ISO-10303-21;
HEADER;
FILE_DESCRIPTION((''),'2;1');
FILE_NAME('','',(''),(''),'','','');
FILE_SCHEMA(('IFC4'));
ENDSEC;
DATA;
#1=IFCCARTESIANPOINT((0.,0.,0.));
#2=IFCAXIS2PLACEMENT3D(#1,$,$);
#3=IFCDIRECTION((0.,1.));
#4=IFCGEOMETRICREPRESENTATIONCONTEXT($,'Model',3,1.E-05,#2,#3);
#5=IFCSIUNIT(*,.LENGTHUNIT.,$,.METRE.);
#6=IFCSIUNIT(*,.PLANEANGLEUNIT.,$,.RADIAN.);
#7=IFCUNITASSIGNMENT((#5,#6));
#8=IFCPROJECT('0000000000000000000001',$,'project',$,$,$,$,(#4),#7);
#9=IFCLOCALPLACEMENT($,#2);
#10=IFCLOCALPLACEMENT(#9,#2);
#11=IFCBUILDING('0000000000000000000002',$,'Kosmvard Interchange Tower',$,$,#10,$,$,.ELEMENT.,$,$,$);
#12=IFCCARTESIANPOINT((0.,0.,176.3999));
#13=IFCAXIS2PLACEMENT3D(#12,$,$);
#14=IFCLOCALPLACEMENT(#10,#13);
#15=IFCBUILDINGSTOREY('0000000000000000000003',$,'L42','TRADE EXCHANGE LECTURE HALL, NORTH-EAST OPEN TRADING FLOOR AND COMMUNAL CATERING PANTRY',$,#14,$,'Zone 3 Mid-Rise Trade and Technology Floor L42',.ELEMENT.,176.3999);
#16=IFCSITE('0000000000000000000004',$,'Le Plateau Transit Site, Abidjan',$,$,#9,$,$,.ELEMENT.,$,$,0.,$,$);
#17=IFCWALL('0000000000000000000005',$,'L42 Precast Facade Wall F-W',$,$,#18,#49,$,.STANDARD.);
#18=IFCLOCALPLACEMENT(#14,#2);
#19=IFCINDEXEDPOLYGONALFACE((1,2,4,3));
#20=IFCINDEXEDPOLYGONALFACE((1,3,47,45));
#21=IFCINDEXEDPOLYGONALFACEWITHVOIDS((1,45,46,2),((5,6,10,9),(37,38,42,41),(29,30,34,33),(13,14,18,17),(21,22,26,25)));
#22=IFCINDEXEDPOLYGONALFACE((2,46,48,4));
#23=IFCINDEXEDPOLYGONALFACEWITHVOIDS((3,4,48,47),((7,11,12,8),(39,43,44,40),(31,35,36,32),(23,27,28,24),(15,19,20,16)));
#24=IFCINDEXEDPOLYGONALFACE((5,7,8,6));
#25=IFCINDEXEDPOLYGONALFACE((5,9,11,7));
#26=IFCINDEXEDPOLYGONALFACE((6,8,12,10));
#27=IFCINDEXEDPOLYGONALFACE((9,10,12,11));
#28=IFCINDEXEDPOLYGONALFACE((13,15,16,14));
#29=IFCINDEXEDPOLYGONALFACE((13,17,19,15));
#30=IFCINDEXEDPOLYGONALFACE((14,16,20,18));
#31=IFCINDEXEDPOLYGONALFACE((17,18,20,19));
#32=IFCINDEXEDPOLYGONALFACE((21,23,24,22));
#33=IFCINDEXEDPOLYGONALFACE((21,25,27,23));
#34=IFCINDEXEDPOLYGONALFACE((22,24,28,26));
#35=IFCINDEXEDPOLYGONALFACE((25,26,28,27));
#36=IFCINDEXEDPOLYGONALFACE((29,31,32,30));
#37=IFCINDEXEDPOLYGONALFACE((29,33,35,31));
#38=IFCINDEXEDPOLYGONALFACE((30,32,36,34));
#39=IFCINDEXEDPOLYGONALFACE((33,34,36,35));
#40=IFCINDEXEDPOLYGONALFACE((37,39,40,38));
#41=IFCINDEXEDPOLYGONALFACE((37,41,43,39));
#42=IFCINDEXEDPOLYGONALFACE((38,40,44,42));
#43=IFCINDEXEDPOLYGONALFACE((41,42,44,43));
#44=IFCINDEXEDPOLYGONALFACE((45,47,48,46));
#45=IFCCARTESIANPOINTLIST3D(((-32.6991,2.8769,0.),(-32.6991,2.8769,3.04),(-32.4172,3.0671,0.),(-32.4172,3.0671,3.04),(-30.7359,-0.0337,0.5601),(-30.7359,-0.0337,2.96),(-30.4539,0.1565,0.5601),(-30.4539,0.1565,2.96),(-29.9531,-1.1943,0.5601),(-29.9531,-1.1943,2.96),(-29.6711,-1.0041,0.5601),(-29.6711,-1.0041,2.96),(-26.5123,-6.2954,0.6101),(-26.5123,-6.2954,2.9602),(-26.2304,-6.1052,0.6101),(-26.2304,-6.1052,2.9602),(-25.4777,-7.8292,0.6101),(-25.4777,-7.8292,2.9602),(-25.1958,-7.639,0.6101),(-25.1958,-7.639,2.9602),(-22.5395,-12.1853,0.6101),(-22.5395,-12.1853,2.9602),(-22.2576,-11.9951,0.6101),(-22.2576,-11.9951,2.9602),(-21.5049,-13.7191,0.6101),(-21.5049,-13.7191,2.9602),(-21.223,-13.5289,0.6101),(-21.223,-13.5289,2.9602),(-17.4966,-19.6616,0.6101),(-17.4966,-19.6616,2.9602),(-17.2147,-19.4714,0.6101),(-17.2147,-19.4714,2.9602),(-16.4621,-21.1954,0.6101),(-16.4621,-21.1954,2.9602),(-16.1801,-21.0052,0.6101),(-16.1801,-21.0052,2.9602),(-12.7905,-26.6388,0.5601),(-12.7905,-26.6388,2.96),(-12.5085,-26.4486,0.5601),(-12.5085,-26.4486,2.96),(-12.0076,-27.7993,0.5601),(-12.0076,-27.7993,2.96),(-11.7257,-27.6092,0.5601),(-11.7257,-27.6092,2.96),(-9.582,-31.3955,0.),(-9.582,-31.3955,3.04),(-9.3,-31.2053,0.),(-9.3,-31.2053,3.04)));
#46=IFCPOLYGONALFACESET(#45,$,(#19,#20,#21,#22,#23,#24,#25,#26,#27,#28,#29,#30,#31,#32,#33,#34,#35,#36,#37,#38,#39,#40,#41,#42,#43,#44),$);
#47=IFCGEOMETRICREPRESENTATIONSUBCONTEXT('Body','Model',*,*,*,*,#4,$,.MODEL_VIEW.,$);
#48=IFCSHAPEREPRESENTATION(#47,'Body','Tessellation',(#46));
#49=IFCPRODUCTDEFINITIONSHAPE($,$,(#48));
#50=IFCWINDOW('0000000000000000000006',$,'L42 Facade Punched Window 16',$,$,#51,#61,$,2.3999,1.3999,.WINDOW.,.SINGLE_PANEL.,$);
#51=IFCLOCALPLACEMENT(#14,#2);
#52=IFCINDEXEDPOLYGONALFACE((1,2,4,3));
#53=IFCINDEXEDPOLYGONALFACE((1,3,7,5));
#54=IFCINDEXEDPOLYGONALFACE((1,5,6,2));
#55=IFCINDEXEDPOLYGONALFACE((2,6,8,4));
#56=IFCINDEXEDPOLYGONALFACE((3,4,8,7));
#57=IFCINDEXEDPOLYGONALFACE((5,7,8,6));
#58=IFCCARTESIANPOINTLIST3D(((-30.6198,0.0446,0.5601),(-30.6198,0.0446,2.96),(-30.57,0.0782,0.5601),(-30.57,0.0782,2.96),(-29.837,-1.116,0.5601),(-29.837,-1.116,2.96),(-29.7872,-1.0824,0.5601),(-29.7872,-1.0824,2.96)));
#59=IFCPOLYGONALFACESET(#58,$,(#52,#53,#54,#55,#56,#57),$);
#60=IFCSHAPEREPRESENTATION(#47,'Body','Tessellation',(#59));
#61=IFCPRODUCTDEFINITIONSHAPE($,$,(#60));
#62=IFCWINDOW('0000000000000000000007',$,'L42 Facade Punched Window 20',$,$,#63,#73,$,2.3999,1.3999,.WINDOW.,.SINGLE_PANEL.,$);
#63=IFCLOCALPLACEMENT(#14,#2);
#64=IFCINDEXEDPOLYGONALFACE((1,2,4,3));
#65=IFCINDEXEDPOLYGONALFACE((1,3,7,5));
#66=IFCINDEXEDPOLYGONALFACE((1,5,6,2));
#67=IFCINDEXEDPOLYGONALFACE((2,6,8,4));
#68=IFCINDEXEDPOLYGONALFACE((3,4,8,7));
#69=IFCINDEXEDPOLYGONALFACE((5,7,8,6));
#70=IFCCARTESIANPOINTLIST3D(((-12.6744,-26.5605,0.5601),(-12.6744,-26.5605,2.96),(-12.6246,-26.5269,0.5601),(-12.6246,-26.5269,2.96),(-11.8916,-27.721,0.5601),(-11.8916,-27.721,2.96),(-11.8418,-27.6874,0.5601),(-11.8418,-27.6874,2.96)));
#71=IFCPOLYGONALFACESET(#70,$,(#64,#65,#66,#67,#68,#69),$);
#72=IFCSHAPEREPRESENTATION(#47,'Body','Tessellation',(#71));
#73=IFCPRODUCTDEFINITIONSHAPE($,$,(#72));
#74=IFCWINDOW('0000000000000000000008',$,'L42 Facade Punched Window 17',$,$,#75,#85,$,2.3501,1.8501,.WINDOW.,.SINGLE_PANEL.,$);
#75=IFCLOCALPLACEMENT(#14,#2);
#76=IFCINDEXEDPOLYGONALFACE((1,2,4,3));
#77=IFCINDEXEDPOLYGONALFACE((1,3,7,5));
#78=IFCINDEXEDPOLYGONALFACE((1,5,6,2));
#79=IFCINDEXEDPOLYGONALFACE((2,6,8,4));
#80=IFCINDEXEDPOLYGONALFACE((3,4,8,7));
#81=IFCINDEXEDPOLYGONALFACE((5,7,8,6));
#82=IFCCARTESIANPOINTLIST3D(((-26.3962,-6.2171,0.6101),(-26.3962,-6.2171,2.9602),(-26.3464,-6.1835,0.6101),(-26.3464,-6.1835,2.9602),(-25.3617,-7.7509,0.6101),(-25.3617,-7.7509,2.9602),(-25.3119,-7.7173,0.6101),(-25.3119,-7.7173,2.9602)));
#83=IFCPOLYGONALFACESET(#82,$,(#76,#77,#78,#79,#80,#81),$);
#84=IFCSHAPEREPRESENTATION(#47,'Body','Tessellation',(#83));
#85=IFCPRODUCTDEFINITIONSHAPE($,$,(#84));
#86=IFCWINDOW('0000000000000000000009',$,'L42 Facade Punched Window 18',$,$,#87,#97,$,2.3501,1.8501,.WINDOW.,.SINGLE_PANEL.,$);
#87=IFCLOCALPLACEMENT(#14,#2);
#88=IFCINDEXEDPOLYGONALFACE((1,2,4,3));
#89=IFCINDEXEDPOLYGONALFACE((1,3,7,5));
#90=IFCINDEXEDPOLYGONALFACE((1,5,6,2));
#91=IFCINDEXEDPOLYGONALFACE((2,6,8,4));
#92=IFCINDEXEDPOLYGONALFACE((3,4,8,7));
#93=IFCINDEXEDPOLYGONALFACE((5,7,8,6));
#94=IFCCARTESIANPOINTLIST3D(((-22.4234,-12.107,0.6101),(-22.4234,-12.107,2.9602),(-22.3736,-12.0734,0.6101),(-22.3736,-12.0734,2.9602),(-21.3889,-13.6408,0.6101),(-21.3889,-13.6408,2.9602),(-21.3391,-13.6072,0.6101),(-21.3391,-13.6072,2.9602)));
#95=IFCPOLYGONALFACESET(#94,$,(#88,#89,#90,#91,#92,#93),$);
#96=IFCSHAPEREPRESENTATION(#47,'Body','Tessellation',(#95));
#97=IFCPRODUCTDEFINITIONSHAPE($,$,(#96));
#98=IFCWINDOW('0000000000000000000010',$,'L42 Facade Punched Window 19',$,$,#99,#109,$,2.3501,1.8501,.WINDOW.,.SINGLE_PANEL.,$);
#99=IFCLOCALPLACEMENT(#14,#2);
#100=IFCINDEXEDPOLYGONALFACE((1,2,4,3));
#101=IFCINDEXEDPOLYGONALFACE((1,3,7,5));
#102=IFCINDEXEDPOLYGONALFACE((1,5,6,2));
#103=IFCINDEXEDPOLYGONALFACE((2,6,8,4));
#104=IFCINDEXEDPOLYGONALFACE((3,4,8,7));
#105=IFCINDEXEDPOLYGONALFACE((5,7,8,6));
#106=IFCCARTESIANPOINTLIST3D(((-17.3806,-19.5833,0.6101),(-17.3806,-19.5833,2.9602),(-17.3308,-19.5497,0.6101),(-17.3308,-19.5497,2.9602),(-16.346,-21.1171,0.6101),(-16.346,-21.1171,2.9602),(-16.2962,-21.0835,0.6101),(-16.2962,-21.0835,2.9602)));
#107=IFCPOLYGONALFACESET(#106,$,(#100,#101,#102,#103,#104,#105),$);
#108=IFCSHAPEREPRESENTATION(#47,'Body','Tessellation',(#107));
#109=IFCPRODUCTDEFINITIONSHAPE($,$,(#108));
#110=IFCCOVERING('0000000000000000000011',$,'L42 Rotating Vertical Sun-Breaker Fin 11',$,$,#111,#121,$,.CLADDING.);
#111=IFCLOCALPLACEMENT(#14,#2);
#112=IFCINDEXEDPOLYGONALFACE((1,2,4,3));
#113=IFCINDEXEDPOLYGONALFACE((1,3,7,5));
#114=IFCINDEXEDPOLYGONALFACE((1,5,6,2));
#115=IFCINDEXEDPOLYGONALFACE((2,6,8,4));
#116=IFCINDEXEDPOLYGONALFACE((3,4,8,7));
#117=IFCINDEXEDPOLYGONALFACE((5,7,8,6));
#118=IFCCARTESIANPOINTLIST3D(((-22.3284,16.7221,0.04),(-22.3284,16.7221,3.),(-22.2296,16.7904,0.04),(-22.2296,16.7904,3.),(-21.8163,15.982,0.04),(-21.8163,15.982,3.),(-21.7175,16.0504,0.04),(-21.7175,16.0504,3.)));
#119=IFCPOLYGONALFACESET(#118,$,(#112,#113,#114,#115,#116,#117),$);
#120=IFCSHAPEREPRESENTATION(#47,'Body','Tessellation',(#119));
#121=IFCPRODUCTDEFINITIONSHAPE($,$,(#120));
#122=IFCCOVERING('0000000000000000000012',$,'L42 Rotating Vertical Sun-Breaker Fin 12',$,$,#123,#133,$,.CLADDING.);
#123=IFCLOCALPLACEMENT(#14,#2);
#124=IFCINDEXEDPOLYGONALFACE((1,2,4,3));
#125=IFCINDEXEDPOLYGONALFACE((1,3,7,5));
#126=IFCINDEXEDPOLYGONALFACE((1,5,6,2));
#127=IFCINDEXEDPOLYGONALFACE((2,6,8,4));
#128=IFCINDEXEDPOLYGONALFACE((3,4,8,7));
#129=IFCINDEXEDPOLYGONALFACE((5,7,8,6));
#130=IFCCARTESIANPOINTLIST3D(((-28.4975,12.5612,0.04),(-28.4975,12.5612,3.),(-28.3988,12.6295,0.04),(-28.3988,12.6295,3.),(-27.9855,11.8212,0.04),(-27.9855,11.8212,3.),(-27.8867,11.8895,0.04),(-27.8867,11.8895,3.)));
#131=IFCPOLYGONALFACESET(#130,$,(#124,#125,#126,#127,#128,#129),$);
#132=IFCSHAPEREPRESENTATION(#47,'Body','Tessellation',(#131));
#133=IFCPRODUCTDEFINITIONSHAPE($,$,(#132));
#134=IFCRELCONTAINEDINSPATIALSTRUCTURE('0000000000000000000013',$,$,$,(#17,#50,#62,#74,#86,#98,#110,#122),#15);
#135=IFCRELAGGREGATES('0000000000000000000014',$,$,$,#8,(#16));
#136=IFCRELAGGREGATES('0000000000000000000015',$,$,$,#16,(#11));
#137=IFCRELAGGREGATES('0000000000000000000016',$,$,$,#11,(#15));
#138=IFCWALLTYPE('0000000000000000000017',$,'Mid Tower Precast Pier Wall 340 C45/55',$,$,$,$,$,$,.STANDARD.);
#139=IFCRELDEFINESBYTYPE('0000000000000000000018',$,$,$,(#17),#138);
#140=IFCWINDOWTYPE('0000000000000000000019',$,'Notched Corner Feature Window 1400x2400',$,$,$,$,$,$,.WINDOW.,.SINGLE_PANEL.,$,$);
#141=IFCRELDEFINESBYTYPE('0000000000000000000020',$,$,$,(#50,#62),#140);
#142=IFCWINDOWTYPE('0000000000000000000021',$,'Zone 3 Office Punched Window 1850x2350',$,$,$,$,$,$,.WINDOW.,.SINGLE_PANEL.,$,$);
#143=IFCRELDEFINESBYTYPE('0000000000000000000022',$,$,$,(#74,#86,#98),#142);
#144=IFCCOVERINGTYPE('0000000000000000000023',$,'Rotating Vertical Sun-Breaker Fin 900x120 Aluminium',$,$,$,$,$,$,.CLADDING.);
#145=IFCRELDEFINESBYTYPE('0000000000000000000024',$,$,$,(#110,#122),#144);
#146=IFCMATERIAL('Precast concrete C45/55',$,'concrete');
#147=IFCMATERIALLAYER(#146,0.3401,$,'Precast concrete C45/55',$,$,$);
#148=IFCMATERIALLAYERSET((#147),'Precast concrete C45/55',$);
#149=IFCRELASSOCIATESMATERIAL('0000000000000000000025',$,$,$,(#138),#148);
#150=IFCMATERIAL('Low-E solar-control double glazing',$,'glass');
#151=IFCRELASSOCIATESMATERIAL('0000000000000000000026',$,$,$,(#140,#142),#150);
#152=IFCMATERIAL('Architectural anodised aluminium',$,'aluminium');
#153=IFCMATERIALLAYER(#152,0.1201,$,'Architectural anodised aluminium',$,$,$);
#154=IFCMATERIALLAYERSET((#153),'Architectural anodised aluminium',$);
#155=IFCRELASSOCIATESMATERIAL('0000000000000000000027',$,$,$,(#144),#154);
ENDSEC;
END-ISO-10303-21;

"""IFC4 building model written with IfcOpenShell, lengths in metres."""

from ifc_helpers import new_model, si_unit, direction, frame, frame_2d, origin, origin_2d, place, context, subcontext, project, spatial, rectangle, extrude, source, transform, mapped, material, layer, layer_set, type_object, element, fill, save


model = new_model("IFC4")

# Units and contexts
model_context = context("Model", 3, precision=1e-05, world=origin(), true_north=direction((0.0, 1.0)))
body_context = subcontext(model_context, "Body", "Model", "MODEL_VIEW")
ifc_project = project(units=[si_unit("LENGTHUNIT", "METRE"), si_unit("PLANEANGLEUNIT", "RADIAN")], contexts=[model_context])

# Site, building, storey
site_placement = place(None, origin())
site = spatial("IfcSite", under=ifc_project, at=site_placement, Name="Le Plateau Transit Site, Abidjan", CompositionType="ELEMENT", RefElevation=0.0)
building_placement = place(site_placement, origin())
building = spatial("IfcBuilding", under=site, at=building_placement, Name="Kosmvard Interchange Tower", CompositionType="ELEMENT")
storey_placement = place(building_placement, frame((0.0, 0.0, 176.3999)))
storey = spatial("IfcBuildingStorey", under=building, at=storey_placement, Name="L42", Description="TRADE EXCHANGE LECTURE HALL, NORTH-EAST OPEN TRADING FLOOR AND COMMUNAL CATERING PANTRY", LongName="Zone 3 Mid-Rise Trade and Technology Floor L42", CompositionType="ELEMENT", Elevation=176.3999)

# Shared definitions
ifc_material_1 = material(Name="Precast concrete C45/55", Category="concrete")

# Shared definitions
ifc_layer_1 = layer(ifc_material_1, 0.3401, Name="Precast concrete C45/55")
ifc_layer_set_1 = layer_set([ifc_layer_1], Name="Precast concrete C45/55")
wall_type_1 = type_object("IfcWallType", Name="Mid Tower Precast Pier Wall 340 C45/55", PredefinedType="STANDARD", material=ifc_layer_set_1)

# Shared definitions
ifc_material_2 = material(Name="Low-E solar-control double glazing", Category="glass")
window_type_1 = type_object("IfcWindowType", Name="Notched Corner Feature Window 1400x2400", PartitioningType="SINGLE_PANEL", PredefinedType="WINDOW", material=ifc_material_2)
shared_shape_1 = source(origin(), body_context, "Body", "SweptSolid", [
    extrude(rectangle(XDim=1.3999, YDim=2.3999, at=frame_2d((0.7, 1.2))), frame((0.0, 0.03, 0.0), z_axis=(0.0, -1.0, 0.0), x_axis=(1.0, 0.0, 0.0)), (0.0, 0.0, 1.0), 0.0601),
])

# Wall, openings, windows
wall_1_placement = place(storey_placement, frame((-32.5581, 2.9719, 0.0), z_axis=(0.0, 0.0, 1.0), x_axis=(0.559195, -0.829036, 0.0)))
wall_1 = element("IfcWall", 1, at=wall_1_placement, inside=storey, type_object=wall_type_1, Name="L42 Precast Facade Wall F-W", PredefinedType="STANDARD", context=body_context, shape_type="SweptSolid", body=[
    extrude(rectangle(XDim=41.3401, YDim=0.3401, at=frame_2d((20.6699, 0.0))), origin(), (0.0, 0.0, 1.0), 3.04),
])
opening_1_placement = place(wall_1_placement, frame((3.5107, 0.0, 0.5601)))
opening_1 = element("IfcOpeningElement", 2, at=opening_1_placement, cuts=wall_1, PredefinedType="OPENING", context=body_context, shape_type="SweptSolid", body=[
    extrude(rectangle(XDim=1.3999, YDim=2.3999, at=frame_2d((0.7, 1.2))), frame((0.0, 0.1802, 0.0), z_axis=(0.0, -1.0, 0.0), x_axis=(1.0, 0.0, 0.0)), (0.0, 0.0, 1.0), 0.3601),
])
opening_2_placement = place(wall_1_placement, frame((11.0637, 0.0, 0.6101)))
opening_2 = element("IfcOpeningElement", 3, at=opening_2_placement, cuts=wall_1, PredefinedType="OPENING", context=body_context, shape_type="SweptSolid", body=[
    extrude(rectangle(XDim=1.8501, YDim=2.3501, at=frame_2d((0.925, 1.175))), frame((0.0, 0.1802, 0.0), z_axis=(0.0, -1.0, 0.0), x_axis=(1.0, 0.0, 0.0)), (0.0, 0.0, 1.0), 0.3601),
])
opening_3_placement = place(wall_1_placement, frame((18.1682, 0.0, 0.6101)))
opening_3 = element("IfcOpeningElement", 4, at=opening_3_placement, cuts=wall_1, PredefinedType="OPENING", context=body_context, shape_type="SweptSolid", body=[
    extrude(rectangle(XDim=1.8501, YDim=2.3501, at=frame_2d((0.925, 1.175))), frame((0.0, 0.1802, 0.0), z_axis=(0.0, -1.0, 0.0), x_axis=(1.0, 0.0, 0.0)), (0.0, 0.0, 1.0), 0.3601),
])
opening_4_placement = place(wall_1_placement, frame((27.1863, 0.0, 0.6101)))
opening_4 = element("IfcOpeningElement", 5, at=opening_4_placement, cuts=wall_1, PredefinedType="OPENING", context=body_context, shape_type="SweptSolid", body=[
    extrude(rectangle(XDim=1.8501, YDim=2.3501, at=frame_2d((0.925, 1.175))), frame((0.0, 0.1802, 0.0), z_axis=(0.0, -1.0, 0.0), x_axis=(1.0, 0.0, 0.0)), (0.0, 0.0, 1.0), 0.3601),
])
opening_5_placement = place(wall_1_placement, frame((35.6023, 0.0, 0.5601)))
opening_5 = element("IfcOpeningElement", 6, at=opening_5_placement, cuts=wall_1, PredefinedType="OPENING", context=body_context, shape_type="SweptSolid", body=[
    extrude(rectangle(XDim=1.3999, YDim=2.3999, at=frame_2d((0.7, 1.2))), frame((0.0, 0.1802, 0.0), z_axis=(0.0, -1.0, 0.0), x_axis=(1.0, 0.0, 0.0)), (0.0, 0.0, 1.0), 0.3601),
])
window_1_placement = place(opening_1_placement, origin())
window_1 = element("IfcWindow", 7, at=window_1_placement, inside=storey, type_object=window_type_1, Name="L42 Facade Punched Window 16", OverallHeight=2.3999, OverallWidth=1.3999, PartitioningType="SINGLE_PANEL", PredefinedType="WINDOW", context=body_context, shape_type="MappedRepresentation", body=[
    mapped(shared_shape_1, transform((0.0, 0.0, 0.0), scale=1.0)),
])
fill(opening_1, window_1)
window_2_placement = place(opening_5_placement, origin())
window_2 = element("IfcWindow", 8, at=window_2_placement, inside=storey, type_object=window_type_1, Name="L42 Facade Punched Window 20", OverallHeight=2.3999, OverallWidth=1.3999, PartitioningType="SINGLE_PANEL", PredefinedType="WINDOW", context=body_context, shape_type="MappedRepresentation", body=[
    mapped(shared_shape_1, transform((0.0, 0.0, 0.0), scale=1.0)),
])
fill(opening_5, window_2)
window_type_2 = type_object("IfcWindowType", Name="Zone 3 Office Punched Window 1850x2350", PartitioningType="SINGLE_PANEL", PredefinedType="WINDOW", material=ifc_material_2)
shared_shape_2 = source(origin(), body_context, "Body", "SweptSolid", [
    extrude(rectangle(XDim=1.8501, YDim=2.3501, at=frame_2d((0.925, 1.175))), frame((0.0, 0.03, 0.0), z_axis=(0.0, -1.0, 0.0), x_axis=(1.0, 0.0, 0.0)), (0.0, 0.0, 1.0), 0.0601),
])
window_3_placement = place(opening_2_placement, origin())
window_3 = element("IfcWindow", 9, at=window_3_placement, inside=storey, type_object=window_type_2, Name="L42 Facade Punched Window 17", OverallHeight=2.3501, OverallWidth=1.8501, PartitioningType="SINGLE_PANEL", PredefinedType="WINDOW", context=body_context, shape_type="MappedRepresentation", body=[
    mapped(shared_shape_2, transform((0.0, 0.0, 0.0), scale=1.0)),
])
fill(opening_2, window_3)
window_4_placement = place(opening_3_placement, origin())
window_4 = element("IfcWindow", 10, at=window_4_placement, inside=storey, type_object=window_type_2, Name="L42 Facade Punched Window 18", OverallHeight=2.3501, OverallWidth=1.8501, PartitioningType="SINGLE_PANEL", PredefinedType="WINDOW", context=body_context, shape_type="MappedRepresentation", body=[
    mapped(shared_shape_2, transform((0.0, 0.0, 0.0), scale=1.0)),
])
fill(opening_3, window_4)
window_5_placement = place(opening_4_placement, origin())
window_5 = element("IfcWindow", 11, at=window_5_placement, inside=storey, type_object=window_type_2, Name="L42 Facade Punched Window 19", OverallHeight=2.3501, OverallWidth=1.8501, PartitioningType="SINGLE_PANEL", PredefinedType="WINDOW", context=body_context, shape_type="MappedRepresentation", body=[
    mapped(shared_shape_2, transform((0.0, 0.0, 0.0), scale=1.0)),
])
fill(opening_4, window_5)

# Coverings
ifc_material_3 = material(Name="Architectural anodised aluminium", Category="aluminium")
ifc_layer_2 = layer(ifc_material_3, 0.1201, Name="Architectural anodised aluminium")
ifc_layer_set_2 = layer_set([ifc_layer_2], Name="Architectural anodised aluminium")
covering_type = type_object("IfcCoveringType", Name="Rotating Vertical Sun-Breaker Fin 900x120 Aluminium", PredefinedType="CLADDING", material=ifc_layer_set_2)
shared_shape_3 = source(origin(), body_context, "Body", "SweptSolid", [
    extrude(rectangle(XDim=0.8999, YDim=0.1201, at=origin_2d()), origin(), (0.0, 0.0, 1.0), 2.96),
])
for number, where, z_axis, x_axis, name in (
    (12, (-22.0229, 16.3862, 0.04), (0.0, 0.0, 1.0), (-0.568993, 0.822343, 0.0), "L42 Rotating Vertical Sun-Breaker Fin 11"),
    (13, (-28.1921, 12.2253, 0.04), (0.0, 0.0, 1.0), (-0.568993, 0.822343, 0.0), "L42 Rotating Vertical Sun-Breaker Fin 12"),
):
    element("IfcCovering", number, at=place(storey_placement, frame(where, z_axis=z_axis, x_axis=x_axis)), inside=storey, type_object=covering_type, Name=name, PredefinedType="CLADDING", context=body_context, shape_type="MappedRepresentation", body=[
        mapped(shared_shape_3, transform((0.0, 0.0, 0.0), scale=1.0)),
    ])

save(model, "model.ifc")
